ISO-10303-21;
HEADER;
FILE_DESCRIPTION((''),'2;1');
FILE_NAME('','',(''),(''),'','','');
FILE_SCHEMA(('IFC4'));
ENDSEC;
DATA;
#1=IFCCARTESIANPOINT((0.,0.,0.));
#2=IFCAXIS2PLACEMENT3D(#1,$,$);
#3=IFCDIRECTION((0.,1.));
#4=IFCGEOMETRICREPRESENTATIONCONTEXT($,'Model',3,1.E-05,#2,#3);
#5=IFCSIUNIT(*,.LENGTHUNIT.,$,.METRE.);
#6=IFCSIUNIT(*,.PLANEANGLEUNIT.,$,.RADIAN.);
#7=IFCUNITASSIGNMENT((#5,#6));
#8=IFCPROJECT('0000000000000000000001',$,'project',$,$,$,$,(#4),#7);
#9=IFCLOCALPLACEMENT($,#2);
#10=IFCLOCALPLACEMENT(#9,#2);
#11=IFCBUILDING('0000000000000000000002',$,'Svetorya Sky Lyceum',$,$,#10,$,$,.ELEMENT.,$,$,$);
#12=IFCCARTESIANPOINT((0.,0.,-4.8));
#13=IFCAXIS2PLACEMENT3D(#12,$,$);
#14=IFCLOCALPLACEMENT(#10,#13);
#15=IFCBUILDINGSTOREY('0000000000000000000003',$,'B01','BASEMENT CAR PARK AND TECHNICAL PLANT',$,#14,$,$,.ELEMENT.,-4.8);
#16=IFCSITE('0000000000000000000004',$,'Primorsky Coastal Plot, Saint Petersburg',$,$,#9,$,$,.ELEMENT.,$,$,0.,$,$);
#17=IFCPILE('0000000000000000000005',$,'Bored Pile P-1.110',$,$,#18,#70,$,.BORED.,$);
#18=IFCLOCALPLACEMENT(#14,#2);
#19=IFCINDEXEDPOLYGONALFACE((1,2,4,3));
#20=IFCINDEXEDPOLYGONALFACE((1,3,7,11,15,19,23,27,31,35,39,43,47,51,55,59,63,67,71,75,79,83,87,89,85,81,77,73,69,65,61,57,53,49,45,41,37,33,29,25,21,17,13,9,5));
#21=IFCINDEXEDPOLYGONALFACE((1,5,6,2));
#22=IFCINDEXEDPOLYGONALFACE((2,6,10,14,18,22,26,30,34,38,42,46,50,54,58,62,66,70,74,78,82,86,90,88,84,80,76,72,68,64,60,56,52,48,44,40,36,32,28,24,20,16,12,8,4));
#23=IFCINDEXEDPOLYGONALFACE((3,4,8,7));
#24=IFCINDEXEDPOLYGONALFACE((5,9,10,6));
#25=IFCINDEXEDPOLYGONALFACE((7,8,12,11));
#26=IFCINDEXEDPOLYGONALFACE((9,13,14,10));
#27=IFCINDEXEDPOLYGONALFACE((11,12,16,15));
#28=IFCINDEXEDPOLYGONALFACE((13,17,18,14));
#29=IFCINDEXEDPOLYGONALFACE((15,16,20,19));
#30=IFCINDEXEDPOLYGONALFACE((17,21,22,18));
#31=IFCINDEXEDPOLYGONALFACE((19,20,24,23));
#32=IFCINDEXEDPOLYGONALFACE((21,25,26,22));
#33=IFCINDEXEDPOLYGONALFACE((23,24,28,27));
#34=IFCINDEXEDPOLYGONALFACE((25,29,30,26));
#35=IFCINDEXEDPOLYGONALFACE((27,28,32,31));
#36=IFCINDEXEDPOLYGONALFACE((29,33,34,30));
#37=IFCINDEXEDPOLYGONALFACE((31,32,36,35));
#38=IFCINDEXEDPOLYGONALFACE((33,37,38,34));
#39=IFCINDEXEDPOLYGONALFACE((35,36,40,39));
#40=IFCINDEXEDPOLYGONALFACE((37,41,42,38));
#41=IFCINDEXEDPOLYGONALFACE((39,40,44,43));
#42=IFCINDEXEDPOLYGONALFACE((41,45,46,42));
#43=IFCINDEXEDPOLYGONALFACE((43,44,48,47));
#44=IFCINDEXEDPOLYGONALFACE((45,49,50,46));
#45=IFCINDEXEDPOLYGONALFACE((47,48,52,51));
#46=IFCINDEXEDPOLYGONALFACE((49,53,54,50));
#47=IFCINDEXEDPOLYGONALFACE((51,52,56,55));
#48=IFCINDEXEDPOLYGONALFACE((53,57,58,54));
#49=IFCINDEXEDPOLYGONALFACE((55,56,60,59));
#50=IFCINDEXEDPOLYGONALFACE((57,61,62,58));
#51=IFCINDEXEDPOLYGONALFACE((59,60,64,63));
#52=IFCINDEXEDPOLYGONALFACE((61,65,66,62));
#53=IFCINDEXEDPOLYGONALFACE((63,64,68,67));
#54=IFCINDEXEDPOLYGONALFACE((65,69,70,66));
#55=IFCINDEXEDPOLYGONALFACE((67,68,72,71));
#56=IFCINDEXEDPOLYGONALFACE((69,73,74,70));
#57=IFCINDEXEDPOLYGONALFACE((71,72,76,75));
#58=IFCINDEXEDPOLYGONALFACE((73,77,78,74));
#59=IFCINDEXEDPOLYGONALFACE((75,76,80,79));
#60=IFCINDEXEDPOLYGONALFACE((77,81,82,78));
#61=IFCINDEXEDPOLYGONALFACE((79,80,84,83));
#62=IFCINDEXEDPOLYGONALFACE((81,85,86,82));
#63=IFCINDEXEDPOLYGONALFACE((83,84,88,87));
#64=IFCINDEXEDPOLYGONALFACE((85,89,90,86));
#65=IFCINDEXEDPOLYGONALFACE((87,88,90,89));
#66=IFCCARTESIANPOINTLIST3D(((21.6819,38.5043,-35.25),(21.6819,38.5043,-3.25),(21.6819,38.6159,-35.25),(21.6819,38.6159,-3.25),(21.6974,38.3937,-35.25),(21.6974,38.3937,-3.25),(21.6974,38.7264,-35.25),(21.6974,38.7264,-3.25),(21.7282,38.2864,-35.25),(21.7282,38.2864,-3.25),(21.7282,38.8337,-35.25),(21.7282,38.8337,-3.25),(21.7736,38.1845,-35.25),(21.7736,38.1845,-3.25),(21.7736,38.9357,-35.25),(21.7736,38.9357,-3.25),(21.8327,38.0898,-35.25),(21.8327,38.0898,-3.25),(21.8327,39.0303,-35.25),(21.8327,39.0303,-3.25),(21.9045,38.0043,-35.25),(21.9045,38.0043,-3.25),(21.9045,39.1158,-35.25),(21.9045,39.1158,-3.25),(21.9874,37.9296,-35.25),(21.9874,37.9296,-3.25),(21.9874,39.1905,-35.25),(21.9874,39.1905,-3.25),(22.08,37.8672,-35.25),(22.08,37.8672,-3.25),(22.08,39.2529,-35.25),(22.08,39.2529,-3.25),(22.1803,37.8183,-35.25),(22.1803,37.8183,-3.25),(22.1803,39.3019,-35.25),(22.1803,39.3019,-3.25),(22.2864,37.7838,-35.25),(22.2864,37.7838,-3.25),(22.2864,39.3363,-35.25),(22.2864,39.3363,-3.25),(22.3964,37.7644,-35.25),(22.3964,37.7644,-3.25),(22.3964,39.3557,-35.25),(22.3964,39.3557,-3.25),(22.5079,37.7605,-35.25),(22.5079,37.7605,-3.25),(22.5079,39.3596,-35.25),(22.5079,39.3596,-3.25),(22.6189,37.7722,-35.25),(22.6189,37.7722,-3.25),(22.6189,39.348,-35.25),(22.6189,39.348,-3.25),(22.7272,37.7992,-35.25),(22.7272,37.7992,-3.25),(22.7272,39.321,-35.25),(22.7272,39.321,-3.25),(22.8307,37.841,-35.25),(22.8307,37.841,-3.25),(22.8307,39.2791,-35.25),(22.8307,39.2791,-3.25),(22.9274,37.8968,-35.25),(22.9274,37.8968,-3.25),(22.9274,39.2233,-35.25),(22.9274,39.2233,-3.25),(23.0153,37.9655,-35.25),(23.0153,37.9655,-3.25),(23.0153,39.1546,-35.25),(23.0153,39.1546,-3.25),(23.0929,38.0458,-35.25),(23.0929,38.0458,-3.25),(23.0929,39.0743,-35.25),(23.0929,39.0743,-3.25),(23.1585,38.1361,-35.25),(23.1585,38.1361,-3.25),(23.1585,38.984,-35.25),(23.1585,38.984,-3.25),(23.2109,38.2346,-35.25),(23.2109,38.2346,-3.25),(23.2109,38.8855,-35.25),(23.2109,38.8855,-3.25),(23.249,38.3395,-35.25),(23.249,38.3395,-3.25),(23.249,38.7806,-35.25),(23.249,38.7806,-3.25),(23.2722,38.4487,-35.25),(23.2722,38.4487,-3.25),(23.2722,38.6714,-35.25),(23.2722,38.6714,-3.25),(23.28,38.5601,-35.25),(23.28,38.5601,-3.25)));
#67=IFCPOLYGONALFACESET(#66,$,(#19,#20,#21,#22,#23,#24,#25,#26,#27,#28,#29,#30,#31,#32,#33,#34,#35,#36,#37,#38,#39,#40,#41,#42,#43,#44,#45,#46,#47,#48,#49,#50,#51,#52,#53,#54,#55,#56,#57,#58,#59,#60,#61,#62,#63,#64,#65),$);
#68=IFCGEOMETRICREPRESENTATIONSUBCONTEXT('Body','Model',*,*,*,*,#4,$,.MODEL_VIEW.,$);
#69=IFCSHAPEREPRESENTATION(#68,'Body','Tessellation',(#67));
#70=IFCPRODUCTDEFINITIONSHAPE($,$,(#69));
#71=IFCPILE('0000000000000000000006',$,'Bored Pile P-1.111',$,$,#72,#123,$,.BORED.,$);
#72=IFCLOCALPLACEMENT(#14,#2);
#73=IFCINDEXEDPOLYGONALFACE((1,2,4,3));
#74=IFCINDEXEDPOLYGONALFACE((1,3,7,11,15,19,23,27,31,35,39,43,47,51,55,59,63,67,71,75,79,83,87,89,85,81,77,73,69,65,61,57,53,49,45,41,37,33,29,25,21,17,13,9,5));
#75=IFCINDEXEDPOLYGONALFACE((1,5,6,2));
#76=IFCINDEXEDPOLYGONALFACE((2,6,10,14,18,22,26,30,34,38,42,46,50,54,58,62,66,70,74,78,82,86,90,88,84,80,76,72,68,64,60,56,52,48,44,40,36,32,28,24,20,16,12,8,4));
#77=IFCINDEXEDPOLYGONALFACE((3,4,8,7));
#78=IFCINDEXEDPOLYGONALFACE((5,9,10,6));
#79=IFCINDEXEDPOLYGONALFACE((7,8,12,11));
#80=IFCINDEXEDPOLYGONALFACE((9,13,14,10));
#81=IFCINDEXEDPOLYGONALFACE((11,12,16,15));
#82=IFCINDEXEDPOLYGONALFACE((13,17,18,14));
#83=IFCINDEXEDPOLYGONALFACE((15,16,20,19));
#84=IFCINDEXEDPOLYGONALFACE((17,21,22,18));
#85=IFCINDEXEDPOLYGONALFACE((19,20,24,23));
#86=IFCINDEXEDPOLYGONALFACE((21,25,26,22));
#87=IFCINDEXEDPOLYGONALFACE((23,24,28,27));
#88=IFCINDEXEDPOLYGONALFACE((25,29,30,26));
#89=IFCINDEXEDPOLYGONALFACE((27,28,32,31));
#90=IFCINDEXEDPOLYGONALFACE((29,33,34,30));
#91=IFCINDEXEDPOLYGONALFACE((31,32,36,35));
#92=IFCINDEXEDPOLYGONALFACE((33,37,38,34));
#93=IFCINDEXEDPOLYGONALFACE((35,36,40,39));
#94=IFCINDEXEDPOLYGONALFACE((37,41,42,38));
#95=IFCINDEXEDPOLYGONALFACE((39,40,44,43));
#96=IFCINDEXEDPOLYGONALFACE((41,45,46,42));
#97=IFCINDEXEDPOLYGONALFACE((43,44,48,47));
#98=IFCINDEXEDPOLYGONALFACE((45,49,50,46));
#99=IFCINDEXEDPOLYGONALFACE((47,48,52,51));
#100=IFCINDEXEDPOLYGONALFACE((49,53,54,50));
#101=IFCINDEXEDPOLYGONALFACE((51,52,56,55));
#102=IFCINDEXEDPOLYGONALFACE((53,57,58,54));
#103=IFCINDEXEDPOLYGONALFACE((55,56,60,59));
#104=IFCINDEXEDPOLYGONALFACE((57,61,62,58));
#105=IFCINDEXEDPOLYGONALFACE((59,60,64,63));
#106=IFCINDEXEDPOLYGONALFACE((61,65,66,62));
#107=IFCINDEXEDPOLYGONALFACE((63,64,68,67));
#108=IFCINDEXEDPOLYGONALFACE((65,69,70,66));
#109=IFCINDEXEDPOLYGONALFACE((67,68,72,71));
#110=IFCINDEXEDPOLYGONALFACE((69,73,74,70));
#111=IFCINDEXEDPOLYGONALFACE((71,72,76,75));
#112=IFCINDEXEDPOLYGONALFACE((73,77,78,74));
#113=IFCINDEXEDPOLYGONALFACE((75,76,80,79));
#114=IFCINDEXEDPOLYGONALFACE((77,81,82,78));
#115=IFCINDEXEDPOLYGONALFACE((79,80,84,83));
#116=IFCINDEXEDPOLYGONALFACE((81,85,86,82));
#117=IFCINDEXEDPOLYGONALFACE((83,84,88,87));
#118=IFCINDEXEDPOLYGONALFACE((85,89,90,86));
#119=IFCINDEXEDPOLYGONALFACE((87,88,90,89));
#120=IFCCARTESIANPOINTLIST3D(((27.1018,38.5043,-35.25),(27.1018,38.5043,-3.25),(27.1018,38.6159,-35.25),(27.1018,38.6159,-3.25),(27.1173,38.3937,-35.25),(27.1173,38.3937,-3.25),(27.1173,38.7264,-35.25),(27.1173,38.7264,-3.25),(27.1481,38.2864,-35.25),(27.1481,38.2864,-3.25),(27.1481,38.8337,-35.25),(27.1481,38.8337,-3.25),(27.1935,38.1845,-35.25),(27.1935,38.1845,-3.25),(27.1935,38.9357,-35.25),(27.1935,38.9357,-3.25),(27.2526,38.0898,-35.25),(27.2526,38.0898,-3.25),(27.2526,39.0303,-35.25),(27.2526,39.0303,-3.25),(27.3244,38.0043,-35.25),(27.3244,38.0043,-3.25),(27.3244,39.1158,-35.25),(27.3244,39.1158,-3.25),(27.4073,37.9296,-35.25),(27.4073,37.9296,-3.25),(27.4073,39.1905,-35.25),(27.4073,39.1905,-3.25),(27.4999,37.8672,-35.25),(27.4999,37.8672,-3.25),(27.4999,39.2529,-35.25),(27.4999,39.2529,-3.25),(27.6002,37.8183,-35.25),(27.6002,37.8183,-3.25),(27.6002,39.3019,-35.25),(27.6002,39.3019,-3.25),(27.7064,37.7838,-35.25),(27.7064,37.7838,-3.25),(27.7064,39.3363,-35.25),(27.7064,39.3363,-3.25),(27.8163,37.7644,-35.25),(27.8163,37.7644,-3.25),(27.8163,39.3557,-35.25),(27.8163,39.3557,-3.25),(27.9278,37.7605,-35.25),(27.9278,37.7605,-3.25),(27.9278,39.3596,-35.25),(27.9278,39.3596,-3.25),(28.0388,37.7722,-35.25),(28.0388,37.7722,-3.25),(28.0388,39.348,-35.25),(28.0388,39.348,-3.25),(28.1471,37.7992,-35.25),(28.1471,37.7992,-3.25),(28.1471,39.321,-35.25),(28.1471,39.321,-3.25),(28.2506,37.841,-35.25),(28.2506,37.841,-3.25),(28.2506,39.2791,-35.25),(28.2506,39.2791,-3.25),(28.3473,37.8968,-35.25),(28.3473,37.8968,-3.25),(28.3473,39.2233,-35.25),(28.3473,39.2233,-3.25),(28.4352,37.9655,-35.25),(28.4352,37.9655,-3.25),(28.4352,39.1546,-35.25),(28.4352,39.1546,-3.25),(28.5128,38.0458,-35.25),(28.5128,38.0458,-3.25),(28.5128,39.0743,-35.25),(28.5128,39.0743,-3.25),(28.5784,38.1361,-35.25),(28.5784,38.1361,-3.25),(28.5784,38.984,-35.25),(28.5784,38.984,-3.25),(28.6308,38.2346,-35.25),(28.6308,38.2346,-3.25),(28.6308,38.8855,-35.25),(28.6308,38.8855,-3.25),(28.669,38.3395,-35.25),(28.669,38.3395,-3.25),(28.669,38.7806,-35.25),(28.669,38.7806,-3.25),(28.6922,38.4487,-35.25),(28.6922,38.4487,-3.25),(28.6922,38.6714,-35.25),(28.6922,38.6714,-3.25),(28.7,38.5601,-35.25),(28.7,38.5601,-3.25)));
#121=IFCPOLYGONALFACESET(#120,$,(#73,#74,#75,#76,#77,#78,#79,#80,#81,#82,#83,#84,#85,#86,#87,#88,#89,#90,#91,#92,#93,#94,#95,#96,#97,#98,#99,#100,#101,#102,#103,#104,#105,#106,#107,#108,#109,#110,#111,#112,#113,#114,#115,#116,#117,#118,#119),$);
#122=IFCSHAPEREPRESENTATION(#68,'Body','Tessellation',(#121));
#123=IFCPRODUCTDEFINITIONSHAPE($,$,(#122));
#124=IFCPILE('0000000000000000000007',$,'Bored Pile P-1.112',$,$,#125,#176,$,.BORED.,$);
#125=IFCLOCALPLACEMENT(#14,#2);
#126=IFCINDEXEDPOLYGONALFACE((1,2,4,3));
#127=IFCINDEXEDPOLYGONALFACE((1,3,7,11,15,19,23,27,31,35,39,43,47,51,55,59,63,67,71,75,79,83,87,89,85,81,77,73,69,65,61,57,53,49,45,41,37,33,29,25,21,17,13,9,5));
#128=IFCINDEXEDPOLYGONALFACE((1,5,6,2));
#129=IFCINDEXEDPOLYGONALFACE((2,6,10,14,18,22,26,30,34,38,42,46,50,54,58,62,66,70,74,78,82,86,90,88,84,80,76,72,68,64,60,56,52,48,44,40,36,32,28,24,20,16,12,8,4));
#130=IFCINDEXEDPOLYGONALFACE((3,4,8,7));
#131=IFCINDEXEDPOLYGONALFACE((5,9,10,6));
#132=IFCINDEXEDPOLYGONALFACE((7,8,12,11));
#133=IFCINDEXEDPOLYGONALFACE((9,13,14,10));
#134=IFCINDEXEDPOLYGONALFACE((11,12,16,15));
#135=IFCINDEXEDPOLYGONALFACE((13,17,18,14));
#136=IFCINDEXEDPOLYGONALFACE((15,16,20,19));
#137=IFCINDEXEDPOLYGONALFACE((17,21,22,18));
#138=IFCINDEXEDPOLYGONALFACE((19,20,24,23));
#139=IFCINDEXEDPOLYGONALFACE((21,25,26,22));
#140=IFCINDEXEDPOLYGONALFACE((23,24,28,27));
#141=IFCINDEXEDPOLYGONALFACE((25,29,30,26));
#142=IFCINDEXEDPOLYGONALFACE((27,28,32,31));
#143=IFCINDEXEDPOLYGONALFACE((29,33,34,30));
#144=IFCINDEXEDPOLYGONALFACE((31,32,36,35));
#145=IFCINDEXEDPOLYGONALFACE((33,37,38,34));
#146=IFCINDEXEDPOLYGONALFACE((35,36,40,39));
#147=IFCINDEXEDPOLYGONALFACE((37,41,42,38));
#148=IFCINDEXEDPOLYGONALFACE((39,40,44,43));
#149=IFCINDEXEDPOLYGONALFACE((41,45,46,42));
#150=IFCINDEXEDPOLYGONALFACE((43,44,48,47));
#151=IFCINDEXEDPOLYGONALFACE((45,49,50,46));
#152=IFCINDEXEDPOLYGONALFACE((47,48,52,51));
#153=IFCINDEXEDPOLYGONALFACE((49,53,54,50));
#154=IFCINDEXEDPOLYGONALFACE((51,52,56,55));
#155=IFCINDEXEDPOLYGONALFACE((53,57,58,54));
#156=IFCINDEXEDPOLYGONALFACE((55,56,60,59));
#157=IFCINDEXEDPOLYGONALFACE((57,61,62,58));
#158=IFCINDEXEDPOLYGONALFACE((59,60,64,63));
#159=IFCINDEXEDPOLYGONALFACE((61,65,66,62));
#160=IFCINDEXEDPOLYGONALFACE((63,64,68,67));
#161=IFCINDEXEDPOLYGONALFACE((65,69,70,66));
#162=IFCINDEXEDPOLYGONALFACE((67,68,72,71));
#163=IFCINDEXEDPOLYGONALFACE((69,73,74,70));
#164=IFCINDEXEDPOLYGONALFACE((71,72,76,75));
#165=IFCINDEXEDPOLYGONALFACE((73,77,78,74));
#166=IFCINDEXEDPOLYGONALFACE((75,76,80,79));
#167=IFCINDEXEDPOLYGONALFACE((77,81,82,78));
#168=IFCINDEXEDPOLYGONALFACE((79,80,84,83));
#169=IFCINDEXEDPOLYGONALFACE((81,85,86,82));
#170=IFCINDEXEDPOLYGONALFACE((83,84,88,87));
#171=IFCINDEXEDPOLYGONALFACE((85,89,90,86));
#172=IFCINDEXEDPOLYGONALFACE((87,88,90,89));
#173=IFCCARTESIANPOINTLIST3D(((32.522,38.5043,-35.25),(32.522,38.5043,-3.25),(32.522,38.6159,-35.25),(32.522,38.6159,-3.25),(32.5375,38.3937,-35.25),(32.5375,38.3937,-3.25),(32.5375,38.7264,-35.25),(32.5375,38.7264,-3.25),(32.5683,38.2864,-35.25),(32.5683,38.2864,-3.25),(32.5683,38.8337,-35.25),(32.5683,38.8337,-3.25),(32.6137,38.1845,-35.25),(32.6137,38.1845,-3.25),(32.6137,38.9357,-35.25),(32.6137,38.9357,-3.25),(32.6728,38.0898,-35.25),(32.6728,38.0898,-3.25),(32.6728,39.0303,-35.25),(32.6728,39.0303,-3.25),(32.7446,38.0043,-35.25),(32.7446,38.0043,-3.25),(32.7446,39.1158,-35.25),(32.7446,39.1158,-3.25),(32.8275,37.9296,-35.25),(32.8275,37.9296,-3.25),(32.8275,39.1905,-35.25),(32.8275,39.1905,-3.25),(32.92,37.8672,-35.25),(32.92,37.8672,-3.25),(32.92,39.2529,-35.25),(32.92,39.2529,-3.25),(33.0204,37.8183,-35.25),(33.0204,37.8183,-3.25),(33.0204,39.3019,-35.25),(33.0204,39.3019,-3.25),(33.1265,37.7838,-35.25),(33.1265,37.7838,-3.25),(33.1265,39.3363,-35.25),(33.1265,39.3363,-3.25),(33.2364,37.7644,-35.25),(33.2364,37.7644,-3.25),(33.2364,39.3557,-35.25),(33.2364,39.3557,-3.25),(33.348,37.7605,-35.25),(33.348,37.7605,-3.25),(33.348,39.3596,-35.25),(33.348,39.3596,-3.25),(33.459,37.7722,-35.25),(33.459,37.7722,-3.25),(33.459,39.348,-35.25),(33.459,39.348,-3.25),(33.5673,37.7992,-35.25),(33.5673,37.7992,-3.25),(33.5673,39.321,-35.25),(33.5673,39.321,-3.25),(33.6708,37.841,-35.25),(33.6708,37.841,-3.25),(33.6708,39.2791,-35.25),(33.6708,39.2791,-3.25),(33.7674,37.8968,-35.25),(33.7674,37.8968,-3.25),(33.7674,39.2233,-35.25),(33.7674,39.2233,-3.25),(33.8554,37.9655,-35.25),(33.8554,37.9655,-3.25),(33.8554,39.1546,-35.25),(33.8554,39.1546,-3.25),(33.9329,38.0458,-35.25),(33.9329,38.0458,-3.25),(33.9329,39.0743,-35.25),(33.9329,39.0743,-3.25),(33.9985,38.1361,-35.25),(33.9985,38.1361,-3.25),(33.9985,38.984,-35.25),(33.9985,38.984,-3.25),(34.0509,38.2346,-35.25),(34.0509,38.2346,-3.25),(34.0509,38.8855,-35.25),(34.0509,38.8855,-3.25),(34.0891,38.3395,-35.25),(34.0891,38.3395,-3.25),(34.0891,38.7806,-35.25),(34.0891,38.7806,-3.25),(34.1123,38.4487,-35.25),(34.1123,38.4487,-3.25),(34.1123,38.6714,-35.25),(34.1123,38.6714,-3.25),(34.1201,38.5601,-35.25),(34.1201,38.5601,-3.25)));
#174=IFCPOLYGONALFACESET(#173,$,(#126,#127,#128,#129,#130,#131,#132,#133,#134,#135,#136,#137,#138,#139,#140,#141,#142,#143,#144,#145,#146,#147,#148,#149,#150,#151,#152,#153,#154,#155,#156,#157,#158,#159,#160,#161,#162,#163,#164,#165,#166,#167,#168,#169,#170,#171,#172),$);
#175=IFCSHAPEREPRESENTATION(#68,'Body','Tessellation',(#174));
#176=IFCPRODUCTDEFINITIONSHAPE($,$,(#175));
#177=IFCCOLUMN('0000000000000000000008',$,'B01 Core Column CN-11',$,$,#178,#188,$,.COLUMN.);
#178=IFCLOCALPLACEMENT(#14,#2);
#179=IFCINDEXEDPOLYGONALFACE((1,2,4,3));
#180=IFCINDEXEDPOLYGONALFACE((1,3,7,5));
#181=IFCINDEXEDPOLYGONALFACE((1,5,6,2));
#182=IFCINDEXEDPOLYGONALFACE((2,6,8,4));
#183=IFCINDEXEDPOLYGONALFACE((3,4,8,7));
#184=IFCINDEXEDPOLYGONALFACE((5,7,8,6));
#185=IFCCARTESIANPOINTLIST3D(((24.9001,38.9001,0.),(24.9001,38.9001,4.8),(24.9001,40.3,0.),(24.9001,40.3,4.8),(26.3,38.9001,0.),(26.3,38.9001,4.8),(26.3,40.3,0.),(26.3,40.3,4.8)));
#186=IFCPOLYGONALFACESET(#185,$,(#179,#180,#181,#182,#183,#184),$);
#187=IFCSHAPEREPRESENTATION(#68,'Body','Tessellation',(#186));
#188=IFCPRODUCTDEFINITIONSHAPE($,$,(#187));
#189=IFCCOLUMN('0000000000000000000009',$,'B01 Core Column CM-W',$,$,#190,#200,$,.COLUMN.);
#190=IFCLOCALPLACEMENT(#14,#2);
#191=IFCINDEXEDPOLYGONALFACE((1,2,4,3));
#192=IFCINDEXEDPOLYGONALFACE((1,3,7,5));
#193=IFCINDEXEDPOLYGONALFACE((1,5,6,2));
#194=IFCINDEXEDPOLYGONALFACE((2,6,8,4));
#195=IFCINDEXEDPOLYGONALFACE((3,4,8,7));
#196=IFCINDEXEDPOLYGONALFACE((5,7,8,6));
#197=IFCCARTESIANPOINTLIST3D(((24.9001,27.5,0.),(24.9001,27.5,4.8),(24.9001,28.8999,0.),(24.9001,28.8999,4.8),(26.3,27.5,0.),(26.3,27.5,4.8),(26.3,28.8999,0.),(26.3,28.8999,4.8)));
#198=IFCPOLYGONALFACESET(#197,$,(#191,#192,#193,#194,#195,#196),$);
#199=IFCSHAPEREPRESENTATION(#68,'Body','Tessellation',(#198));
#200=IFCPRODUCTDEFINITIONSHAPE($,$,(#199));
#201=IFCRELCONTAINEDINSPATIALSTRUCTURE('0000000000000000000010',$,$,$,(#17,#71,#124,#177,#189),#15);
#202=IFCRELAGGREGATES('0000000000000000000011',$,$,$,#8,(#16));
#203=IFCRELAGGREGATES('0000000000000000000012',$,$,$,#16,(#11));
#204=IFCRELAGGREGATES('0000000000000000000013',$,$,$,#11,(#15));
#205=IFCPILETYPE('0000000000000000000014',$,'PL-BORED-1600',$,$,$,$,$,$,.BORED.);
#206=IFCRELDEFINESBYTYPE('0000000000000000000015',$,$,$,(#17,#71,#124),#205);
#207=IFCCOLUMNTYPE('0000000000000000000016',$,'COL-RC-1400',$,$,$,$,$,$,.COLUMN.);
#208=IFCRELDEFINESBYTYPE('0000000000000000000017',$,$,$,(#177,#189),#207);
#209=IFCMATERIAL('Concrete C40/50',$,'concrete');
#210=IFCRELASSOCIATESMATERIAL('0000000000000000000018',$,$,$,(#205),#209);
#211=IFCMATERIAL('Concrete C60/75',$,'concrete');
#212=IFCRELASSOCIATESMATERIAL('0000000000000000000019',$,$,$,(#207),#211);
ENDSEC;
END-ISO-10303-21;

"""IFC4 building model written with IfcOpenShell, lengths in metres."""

from ifc_helpers import new_model, si_unit, direction, frame, origin, origin_2d, place, context, subcontext, project, spatial, rectangle, circle, extrude, material, material_profile, profile_set, type_object, element, save


model = new_model("IFC4")

# Units and contexts
model_context = context("Model", 3, precision=1e-05, world=origin(), true_north=direction((0.0, 1.0)))
body_context = subcontext(model_context, "Body", "Model", "MODEL_VIEW")
ifc_project = project(units=[si_unit("LENGTHUNIT", "METRE"), si_unit("PLANEANGLEUNIT", "RADIAN")], contexts=[model_context])

# Site, building, storey
site_placement = place(None, origin())
site = spatial("IfcSite", under=ifc_project, at=site_placement, Name="Primorsky Coastal Plot, Saint Petersburg", CompositionType="ELEMENT", RefElevation=0.0)
building_placement = place(site_placement, origin())
building = spatial("IfcBuilding", under=site, at=building_placement, Name="Svetorya Sky Lyceum", CompositionType="ELEMENT")
storey_placement = place(building_placement, frame((0.0, 0.0, -4.8)))
storey = spatial("IfcBuildingStorey", under=building, at=storey_placement, Name="B01", Description="BASEMENT CAR PARK AND TECHNICAL PLANT", CompositionType="ELEMENT", Elevation=-4.8)

# Piles
ifc_material_1 = material(Name="Concrete C40/50", Category="concrete")
ifc_material_profile_1 = material_profile(ifc_material_1, circle(Radius=0.8, at=origin_2d()), Name="RC PILE D1600")
ifc_profile_set_1 = profile_set([ifc_material_profile_1], Name="Concrete C40/50")
pile_type = type_object("IfcPileType", Name="PL-BORED-1600", PredefinedType="BORED", material=ifc_profile_set_1)
for number, where, z_axis, x_axis, name in (
    (1, (22.48, 38.5601, -3.25), (0.0, 0.0, -1.0), (1.0, 0.0, 0.0), "Bored Pile P-1.110"),
    (2, (27.8999, 38.5601, -3.25), (0.0, 0.0, -1.0), (1.0, 0.0, 0.0), "Bored Pile P-1.111"),
    (3, (33.3201, 38.5601, -3.25), (0.0, 0.0, -1.0), (1.0, 0.0, 0.0), "Bored Pile P-1.112"),
):
    element("IfcPile", number, at=place(storey_placement, frame(where, z_axis=z_axis, x_axis=x_axis)), inside=storey, type_object=pile_type, Name=name, PredefinedType="BORED", context=body_context, shape_type="SweptSolid", body=[
        extrude(circle(Radius=0.8, at=origin_2d()), origin(), (0.0, 0.0, 1.0), 32.0),
    ])

# Columns
ifc_material_2 = material(Name="Concrete C60/75", Category="concrete")
ifc_material_profile_2 = material_profile(ifc_material_2, rectangle(XDim=1.3999, YDim=1.3999, at=origin_2d()), Name="RC COL 1400x1400")
ifc_profile_set_2 = profile_set([ifc_material_profile_2], Name="Concrete C60/75")
column_type = type_object("IfcColumnType", Name="COL-RC-1400", PredefinedType="COLUMN", material=ifc_profile_set_2)
for number, where, z_axis, x_axis, name in (
    (4, (25.6001, 39.6001, 0.0), (0.0, 0.0, 1.0), (1.0, 0.0, 0.0), "B01 Core Column CN-11"),
    (5, (25.6001, 28.2, 0.0), (0.0, 0.0, 1.0), (1.0, 0.0, 0.0), "B01 Core Column CM-W"),
):
    element("IfcColumn", number, at=place(storey_placement, frame(where, z_axis=z_axis, x_axis=x_axis)), inside=storey, type_object=column_type, Name=name, PredefinedType="COLUMN", context=body_context, shape_type="SweptSolid", body=[
        extrude(rectangle(XDim=1.3999, YDim=1.3999, at=origin_2d()), origin(), (0.0, 0.0, 1.0), 4.8),
    ])

save(model, "model.ifc")
